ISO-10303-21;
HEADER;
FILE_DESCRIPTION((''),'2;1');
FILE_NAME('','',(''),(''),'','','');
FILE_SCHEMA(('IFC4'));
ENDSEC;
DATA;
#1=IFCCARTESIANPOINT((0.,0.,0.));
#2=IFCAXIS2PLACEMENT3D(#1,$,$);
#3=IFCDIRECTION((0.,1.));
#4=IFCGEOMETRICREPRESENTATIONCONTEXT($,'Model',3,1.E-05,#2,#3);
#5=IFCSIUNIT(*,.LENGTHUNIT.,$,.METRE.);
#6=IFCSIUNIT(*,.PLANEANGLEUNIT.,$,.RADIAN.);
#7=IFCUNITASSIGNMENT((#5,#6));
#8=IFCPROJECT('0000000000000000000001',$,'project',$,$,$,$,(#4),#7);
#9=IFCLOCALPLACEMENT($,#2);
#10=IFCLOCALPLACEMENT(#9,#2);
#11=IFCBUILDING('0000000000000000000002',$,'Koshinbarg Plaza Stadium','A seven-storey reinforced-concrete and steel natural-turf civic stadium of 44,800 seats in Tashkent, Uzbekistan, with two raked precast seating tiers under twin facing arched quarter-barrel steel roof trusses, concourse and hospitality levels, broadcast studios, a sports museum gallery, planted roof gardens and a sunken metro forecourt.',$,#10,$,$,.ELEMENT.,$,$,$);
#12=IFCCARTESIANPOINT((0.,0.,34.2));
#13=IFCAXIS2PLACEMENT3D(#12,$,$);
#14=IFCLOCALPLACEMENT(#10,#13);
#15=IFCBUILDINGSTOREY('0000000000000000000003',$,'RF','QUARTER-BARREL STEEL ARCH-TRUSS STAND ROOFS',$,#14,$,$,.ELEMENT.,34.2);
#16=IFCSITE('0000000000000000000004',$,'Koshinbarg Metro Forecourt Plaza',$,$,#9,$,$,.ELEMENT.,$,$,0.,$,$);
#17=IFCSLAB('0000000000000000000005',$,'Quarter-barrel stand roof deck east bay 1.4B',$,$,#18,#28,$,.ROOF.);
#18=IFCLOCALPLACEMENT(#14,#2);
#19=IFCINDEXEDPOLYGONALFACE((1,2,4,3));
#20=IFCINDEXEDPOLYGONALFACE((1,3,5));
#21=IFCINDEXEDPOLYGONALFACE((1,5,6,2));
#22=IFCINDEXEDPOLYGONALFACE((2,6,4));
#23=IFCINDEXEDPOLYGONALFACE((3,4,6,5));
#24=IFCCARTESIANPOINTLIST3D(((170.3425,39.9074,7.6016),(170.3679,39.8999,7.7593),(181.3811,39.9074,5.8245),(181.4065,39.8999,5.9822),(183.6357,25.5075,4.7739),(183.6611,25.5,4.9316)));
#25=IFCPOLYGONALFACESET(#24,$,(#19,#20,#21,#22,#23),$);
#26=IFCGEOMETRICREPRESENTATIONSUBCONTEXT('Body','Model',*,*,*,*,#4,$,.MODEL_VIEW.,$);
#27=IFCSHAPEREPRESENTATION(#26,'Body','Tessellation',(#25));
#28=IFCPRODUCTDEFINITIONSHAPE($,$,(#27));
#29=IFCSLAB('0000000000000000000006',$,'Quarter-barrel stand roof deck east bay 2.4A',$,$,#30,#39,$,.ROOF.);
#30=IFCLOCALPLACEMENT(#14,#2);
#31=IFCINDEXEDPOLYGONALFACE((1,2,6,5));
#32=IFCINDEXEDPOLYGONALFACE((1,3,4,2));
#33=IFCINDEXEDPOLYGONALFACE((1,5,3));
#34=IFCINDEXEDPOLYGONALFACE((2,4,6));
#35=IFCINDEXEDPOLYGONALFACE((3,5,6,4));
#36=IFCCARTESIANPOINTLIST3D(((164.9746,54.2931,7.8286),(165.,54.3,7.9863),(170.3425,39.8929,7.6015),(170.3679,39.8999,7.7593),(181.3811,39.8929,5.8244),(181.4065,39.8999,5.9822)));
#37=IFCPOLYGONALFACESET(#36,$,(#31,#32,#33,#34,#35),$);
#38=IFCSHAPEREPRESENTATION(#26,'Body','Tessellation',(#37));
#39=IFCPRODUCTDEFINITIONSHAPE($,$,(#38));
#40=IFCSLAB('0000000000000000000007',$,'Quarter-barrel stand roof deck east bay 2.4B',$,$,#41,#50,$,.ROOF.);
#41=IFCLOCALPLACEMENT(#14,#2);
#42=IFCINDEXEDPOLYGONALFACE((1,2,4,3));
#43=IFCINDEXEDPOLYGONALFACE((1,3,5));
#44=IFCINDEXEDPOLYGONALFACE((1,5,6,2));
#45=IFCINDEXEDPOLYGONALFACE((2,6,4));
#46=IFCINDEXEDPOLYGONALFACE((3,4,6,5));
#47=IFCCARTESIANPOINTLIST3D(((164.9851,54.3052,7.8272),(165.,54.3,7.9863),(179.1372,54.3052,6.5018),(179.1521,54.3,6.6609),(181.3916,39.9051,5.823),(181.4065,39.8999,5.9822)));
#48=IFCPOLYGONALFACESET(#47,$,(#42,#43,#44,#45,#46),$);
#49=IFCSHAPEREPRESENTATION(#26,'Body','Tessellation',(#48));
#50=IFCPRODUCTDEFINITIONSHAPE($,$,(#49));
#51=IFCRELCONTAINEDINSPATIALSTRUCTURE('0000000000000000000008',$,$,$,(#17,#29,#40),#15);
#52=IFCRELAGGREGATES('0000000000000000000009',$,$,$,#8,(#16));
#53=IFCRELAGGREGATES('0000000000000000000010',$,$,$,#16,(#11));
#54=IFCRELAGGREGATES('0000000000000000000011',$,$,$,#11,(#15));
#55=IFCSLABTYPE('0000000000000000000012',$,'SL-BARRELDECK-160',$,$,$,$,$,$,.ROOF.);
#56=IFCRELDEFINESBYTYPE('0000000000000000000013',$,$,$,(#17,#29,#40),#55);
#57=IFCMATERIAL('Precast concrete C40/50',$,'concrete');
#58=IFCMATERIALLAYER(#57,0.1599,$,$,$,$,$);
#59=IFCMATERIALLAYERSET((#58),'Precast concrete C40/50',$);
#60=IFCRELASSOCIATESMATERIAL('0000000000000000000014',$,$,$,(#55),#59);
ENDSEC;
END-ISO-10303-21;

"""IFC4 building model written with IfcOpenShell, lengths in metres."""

from ifc_helpers import new_model, si_unit, direction, frame, origin, place, context, subcontext, project, spatial, polyline, outline, extrude, material, layer, layer_set, type_object, element, save


model = new_model("IFC4")

# Units and contexts
model_context = context("Model", 3, precision=1e-05, world=origin(), true_north=direction((0.0, 1.0)))
body_context = subcontext(model_context, "Body", "Model", "MODEL_VIEW")
ifc_project = project(units=[si_unit("LENGTHUNIT", "METRE"), si_unit("PLANEANGLEUNIT", "RADIAN")], contexts=[model_context])

# Site, building, storey
site_placement = place(None, origin())
site = spatial("IfcSite", under=ifc_project, at=site_placement, Name="Koshinbarg Metro Forecourt Plaza", CompositionType="ELEMENT", RefElevation=0.0)
building_placement = place(site_placement, origin())
building = spatial("IfcBuilding", under=site, at=building_placement, Name="Koshinbarg Plaza Stadium", Description="A seven-storey reinforced-concrete and steel natural-turf civic stadium of 44,800 seats in Tashkent, Uzbekistan, with two raked precast seating tiers under twin facing arched quarter-barrel steel roof trusses, concourse and hospitality levels, broadcast studios, a sports museum gallery, planted roof gardens and a sunken metro forecourt.", CompositionType="ELEMENT")
storey_placement = place(building_placement, frame((0.0, 0.0, 34.2)))
storey = spatial("IfcBuildingStorey", under=building, at=storey_placement, Name="RF", Description="QUARTER-BARREL STEEL ARCH-TRUSS STAND ROOFS", CompositionType="ELEMENT", Elevation=34.2)

# Slabs
ifc_material_1 = material(Name="Precast concrete C40/50", Category="concrete")
ifc_layer_1 = layer(ifc_material_1, 0.1599)
ifc_layer_set_1 = layer_set([ifc_layer_1], Name="Precast concrete C40/50")
slab_type = type_object("IfcSlabType", Name="SL-BARRELDECK-160", PredefinedType="ROOF", material=ifc_layer_set_1)
slab_1_placement = place(storey_placement, frame((183.6611, 25.5, 4.9316), z_axis=(0.158767, -0.047088, 0.986193), x_axis=(-0.671355, 0.727247, 0.142806)))
element("IfcSlab", 1, at=slab_1_placement, inside=storey, type_object=slab_type, Name="Quarter-barrel stand roof deck east bay 1.4B", PredefinedType="ROOF", context=body_context, shape_type="SweptSolid", body=[
    extrude(outline(polyline([(0.0, 0.0), (19.8006, 0.0), (12.136, -8.1402), (0.0, 0.0)])), origin(), (0.0, 0.0, -1.0), 0.1599),
])
slab_2_placement = place(storey_placement, frame((181.4065, 39.8999, 5.9822), z_axis=(0.158792, 0.043641, 0.986347), x_axis=(-0.987288, 0.0, 0.158943)))
element("IfcSlab", 2, at=slab_2_placement, inside=storey, type_object=slab_type, Name="Quarter-barrel stand roof deck east bay 2.4A", PredefinedType="ROOF", context=body_context, shape_type="SweptSolid", body=[
    extrude(outline(polyline([(0.0, 0.0), (11.1807, 0.0), (16.5165, -14.4139), (0.0, 0.0)])), origin(), (0.0, 0.0, -1.0), 0.1599),
])
slab_3_placement = place(storey_placement, frame((181.4065, 39.8999, 5.9822), z_axis=(0.0932, -0.032312, 0.995123), x_axis=(-0.748419, 0.656895, 0.091424)))
element("IfcSlab", 3, at=slab_3_placement, inside=storey, type_object=slab_type, Name="Quarter-barrel stand roof deck east bay 2.4B", PredefinedType="ROOF", context=body_context, shape_type="SweptSolid", body=[
    extrude(outline(polyline([(0.0, 0.0), (21.9215, 0.0), (11.2087, -9.342), (0.0, 0.0)])), origin(), (0.0, 0.0, -1.0), 0.1599),
])

save(model, "model.ifc")
